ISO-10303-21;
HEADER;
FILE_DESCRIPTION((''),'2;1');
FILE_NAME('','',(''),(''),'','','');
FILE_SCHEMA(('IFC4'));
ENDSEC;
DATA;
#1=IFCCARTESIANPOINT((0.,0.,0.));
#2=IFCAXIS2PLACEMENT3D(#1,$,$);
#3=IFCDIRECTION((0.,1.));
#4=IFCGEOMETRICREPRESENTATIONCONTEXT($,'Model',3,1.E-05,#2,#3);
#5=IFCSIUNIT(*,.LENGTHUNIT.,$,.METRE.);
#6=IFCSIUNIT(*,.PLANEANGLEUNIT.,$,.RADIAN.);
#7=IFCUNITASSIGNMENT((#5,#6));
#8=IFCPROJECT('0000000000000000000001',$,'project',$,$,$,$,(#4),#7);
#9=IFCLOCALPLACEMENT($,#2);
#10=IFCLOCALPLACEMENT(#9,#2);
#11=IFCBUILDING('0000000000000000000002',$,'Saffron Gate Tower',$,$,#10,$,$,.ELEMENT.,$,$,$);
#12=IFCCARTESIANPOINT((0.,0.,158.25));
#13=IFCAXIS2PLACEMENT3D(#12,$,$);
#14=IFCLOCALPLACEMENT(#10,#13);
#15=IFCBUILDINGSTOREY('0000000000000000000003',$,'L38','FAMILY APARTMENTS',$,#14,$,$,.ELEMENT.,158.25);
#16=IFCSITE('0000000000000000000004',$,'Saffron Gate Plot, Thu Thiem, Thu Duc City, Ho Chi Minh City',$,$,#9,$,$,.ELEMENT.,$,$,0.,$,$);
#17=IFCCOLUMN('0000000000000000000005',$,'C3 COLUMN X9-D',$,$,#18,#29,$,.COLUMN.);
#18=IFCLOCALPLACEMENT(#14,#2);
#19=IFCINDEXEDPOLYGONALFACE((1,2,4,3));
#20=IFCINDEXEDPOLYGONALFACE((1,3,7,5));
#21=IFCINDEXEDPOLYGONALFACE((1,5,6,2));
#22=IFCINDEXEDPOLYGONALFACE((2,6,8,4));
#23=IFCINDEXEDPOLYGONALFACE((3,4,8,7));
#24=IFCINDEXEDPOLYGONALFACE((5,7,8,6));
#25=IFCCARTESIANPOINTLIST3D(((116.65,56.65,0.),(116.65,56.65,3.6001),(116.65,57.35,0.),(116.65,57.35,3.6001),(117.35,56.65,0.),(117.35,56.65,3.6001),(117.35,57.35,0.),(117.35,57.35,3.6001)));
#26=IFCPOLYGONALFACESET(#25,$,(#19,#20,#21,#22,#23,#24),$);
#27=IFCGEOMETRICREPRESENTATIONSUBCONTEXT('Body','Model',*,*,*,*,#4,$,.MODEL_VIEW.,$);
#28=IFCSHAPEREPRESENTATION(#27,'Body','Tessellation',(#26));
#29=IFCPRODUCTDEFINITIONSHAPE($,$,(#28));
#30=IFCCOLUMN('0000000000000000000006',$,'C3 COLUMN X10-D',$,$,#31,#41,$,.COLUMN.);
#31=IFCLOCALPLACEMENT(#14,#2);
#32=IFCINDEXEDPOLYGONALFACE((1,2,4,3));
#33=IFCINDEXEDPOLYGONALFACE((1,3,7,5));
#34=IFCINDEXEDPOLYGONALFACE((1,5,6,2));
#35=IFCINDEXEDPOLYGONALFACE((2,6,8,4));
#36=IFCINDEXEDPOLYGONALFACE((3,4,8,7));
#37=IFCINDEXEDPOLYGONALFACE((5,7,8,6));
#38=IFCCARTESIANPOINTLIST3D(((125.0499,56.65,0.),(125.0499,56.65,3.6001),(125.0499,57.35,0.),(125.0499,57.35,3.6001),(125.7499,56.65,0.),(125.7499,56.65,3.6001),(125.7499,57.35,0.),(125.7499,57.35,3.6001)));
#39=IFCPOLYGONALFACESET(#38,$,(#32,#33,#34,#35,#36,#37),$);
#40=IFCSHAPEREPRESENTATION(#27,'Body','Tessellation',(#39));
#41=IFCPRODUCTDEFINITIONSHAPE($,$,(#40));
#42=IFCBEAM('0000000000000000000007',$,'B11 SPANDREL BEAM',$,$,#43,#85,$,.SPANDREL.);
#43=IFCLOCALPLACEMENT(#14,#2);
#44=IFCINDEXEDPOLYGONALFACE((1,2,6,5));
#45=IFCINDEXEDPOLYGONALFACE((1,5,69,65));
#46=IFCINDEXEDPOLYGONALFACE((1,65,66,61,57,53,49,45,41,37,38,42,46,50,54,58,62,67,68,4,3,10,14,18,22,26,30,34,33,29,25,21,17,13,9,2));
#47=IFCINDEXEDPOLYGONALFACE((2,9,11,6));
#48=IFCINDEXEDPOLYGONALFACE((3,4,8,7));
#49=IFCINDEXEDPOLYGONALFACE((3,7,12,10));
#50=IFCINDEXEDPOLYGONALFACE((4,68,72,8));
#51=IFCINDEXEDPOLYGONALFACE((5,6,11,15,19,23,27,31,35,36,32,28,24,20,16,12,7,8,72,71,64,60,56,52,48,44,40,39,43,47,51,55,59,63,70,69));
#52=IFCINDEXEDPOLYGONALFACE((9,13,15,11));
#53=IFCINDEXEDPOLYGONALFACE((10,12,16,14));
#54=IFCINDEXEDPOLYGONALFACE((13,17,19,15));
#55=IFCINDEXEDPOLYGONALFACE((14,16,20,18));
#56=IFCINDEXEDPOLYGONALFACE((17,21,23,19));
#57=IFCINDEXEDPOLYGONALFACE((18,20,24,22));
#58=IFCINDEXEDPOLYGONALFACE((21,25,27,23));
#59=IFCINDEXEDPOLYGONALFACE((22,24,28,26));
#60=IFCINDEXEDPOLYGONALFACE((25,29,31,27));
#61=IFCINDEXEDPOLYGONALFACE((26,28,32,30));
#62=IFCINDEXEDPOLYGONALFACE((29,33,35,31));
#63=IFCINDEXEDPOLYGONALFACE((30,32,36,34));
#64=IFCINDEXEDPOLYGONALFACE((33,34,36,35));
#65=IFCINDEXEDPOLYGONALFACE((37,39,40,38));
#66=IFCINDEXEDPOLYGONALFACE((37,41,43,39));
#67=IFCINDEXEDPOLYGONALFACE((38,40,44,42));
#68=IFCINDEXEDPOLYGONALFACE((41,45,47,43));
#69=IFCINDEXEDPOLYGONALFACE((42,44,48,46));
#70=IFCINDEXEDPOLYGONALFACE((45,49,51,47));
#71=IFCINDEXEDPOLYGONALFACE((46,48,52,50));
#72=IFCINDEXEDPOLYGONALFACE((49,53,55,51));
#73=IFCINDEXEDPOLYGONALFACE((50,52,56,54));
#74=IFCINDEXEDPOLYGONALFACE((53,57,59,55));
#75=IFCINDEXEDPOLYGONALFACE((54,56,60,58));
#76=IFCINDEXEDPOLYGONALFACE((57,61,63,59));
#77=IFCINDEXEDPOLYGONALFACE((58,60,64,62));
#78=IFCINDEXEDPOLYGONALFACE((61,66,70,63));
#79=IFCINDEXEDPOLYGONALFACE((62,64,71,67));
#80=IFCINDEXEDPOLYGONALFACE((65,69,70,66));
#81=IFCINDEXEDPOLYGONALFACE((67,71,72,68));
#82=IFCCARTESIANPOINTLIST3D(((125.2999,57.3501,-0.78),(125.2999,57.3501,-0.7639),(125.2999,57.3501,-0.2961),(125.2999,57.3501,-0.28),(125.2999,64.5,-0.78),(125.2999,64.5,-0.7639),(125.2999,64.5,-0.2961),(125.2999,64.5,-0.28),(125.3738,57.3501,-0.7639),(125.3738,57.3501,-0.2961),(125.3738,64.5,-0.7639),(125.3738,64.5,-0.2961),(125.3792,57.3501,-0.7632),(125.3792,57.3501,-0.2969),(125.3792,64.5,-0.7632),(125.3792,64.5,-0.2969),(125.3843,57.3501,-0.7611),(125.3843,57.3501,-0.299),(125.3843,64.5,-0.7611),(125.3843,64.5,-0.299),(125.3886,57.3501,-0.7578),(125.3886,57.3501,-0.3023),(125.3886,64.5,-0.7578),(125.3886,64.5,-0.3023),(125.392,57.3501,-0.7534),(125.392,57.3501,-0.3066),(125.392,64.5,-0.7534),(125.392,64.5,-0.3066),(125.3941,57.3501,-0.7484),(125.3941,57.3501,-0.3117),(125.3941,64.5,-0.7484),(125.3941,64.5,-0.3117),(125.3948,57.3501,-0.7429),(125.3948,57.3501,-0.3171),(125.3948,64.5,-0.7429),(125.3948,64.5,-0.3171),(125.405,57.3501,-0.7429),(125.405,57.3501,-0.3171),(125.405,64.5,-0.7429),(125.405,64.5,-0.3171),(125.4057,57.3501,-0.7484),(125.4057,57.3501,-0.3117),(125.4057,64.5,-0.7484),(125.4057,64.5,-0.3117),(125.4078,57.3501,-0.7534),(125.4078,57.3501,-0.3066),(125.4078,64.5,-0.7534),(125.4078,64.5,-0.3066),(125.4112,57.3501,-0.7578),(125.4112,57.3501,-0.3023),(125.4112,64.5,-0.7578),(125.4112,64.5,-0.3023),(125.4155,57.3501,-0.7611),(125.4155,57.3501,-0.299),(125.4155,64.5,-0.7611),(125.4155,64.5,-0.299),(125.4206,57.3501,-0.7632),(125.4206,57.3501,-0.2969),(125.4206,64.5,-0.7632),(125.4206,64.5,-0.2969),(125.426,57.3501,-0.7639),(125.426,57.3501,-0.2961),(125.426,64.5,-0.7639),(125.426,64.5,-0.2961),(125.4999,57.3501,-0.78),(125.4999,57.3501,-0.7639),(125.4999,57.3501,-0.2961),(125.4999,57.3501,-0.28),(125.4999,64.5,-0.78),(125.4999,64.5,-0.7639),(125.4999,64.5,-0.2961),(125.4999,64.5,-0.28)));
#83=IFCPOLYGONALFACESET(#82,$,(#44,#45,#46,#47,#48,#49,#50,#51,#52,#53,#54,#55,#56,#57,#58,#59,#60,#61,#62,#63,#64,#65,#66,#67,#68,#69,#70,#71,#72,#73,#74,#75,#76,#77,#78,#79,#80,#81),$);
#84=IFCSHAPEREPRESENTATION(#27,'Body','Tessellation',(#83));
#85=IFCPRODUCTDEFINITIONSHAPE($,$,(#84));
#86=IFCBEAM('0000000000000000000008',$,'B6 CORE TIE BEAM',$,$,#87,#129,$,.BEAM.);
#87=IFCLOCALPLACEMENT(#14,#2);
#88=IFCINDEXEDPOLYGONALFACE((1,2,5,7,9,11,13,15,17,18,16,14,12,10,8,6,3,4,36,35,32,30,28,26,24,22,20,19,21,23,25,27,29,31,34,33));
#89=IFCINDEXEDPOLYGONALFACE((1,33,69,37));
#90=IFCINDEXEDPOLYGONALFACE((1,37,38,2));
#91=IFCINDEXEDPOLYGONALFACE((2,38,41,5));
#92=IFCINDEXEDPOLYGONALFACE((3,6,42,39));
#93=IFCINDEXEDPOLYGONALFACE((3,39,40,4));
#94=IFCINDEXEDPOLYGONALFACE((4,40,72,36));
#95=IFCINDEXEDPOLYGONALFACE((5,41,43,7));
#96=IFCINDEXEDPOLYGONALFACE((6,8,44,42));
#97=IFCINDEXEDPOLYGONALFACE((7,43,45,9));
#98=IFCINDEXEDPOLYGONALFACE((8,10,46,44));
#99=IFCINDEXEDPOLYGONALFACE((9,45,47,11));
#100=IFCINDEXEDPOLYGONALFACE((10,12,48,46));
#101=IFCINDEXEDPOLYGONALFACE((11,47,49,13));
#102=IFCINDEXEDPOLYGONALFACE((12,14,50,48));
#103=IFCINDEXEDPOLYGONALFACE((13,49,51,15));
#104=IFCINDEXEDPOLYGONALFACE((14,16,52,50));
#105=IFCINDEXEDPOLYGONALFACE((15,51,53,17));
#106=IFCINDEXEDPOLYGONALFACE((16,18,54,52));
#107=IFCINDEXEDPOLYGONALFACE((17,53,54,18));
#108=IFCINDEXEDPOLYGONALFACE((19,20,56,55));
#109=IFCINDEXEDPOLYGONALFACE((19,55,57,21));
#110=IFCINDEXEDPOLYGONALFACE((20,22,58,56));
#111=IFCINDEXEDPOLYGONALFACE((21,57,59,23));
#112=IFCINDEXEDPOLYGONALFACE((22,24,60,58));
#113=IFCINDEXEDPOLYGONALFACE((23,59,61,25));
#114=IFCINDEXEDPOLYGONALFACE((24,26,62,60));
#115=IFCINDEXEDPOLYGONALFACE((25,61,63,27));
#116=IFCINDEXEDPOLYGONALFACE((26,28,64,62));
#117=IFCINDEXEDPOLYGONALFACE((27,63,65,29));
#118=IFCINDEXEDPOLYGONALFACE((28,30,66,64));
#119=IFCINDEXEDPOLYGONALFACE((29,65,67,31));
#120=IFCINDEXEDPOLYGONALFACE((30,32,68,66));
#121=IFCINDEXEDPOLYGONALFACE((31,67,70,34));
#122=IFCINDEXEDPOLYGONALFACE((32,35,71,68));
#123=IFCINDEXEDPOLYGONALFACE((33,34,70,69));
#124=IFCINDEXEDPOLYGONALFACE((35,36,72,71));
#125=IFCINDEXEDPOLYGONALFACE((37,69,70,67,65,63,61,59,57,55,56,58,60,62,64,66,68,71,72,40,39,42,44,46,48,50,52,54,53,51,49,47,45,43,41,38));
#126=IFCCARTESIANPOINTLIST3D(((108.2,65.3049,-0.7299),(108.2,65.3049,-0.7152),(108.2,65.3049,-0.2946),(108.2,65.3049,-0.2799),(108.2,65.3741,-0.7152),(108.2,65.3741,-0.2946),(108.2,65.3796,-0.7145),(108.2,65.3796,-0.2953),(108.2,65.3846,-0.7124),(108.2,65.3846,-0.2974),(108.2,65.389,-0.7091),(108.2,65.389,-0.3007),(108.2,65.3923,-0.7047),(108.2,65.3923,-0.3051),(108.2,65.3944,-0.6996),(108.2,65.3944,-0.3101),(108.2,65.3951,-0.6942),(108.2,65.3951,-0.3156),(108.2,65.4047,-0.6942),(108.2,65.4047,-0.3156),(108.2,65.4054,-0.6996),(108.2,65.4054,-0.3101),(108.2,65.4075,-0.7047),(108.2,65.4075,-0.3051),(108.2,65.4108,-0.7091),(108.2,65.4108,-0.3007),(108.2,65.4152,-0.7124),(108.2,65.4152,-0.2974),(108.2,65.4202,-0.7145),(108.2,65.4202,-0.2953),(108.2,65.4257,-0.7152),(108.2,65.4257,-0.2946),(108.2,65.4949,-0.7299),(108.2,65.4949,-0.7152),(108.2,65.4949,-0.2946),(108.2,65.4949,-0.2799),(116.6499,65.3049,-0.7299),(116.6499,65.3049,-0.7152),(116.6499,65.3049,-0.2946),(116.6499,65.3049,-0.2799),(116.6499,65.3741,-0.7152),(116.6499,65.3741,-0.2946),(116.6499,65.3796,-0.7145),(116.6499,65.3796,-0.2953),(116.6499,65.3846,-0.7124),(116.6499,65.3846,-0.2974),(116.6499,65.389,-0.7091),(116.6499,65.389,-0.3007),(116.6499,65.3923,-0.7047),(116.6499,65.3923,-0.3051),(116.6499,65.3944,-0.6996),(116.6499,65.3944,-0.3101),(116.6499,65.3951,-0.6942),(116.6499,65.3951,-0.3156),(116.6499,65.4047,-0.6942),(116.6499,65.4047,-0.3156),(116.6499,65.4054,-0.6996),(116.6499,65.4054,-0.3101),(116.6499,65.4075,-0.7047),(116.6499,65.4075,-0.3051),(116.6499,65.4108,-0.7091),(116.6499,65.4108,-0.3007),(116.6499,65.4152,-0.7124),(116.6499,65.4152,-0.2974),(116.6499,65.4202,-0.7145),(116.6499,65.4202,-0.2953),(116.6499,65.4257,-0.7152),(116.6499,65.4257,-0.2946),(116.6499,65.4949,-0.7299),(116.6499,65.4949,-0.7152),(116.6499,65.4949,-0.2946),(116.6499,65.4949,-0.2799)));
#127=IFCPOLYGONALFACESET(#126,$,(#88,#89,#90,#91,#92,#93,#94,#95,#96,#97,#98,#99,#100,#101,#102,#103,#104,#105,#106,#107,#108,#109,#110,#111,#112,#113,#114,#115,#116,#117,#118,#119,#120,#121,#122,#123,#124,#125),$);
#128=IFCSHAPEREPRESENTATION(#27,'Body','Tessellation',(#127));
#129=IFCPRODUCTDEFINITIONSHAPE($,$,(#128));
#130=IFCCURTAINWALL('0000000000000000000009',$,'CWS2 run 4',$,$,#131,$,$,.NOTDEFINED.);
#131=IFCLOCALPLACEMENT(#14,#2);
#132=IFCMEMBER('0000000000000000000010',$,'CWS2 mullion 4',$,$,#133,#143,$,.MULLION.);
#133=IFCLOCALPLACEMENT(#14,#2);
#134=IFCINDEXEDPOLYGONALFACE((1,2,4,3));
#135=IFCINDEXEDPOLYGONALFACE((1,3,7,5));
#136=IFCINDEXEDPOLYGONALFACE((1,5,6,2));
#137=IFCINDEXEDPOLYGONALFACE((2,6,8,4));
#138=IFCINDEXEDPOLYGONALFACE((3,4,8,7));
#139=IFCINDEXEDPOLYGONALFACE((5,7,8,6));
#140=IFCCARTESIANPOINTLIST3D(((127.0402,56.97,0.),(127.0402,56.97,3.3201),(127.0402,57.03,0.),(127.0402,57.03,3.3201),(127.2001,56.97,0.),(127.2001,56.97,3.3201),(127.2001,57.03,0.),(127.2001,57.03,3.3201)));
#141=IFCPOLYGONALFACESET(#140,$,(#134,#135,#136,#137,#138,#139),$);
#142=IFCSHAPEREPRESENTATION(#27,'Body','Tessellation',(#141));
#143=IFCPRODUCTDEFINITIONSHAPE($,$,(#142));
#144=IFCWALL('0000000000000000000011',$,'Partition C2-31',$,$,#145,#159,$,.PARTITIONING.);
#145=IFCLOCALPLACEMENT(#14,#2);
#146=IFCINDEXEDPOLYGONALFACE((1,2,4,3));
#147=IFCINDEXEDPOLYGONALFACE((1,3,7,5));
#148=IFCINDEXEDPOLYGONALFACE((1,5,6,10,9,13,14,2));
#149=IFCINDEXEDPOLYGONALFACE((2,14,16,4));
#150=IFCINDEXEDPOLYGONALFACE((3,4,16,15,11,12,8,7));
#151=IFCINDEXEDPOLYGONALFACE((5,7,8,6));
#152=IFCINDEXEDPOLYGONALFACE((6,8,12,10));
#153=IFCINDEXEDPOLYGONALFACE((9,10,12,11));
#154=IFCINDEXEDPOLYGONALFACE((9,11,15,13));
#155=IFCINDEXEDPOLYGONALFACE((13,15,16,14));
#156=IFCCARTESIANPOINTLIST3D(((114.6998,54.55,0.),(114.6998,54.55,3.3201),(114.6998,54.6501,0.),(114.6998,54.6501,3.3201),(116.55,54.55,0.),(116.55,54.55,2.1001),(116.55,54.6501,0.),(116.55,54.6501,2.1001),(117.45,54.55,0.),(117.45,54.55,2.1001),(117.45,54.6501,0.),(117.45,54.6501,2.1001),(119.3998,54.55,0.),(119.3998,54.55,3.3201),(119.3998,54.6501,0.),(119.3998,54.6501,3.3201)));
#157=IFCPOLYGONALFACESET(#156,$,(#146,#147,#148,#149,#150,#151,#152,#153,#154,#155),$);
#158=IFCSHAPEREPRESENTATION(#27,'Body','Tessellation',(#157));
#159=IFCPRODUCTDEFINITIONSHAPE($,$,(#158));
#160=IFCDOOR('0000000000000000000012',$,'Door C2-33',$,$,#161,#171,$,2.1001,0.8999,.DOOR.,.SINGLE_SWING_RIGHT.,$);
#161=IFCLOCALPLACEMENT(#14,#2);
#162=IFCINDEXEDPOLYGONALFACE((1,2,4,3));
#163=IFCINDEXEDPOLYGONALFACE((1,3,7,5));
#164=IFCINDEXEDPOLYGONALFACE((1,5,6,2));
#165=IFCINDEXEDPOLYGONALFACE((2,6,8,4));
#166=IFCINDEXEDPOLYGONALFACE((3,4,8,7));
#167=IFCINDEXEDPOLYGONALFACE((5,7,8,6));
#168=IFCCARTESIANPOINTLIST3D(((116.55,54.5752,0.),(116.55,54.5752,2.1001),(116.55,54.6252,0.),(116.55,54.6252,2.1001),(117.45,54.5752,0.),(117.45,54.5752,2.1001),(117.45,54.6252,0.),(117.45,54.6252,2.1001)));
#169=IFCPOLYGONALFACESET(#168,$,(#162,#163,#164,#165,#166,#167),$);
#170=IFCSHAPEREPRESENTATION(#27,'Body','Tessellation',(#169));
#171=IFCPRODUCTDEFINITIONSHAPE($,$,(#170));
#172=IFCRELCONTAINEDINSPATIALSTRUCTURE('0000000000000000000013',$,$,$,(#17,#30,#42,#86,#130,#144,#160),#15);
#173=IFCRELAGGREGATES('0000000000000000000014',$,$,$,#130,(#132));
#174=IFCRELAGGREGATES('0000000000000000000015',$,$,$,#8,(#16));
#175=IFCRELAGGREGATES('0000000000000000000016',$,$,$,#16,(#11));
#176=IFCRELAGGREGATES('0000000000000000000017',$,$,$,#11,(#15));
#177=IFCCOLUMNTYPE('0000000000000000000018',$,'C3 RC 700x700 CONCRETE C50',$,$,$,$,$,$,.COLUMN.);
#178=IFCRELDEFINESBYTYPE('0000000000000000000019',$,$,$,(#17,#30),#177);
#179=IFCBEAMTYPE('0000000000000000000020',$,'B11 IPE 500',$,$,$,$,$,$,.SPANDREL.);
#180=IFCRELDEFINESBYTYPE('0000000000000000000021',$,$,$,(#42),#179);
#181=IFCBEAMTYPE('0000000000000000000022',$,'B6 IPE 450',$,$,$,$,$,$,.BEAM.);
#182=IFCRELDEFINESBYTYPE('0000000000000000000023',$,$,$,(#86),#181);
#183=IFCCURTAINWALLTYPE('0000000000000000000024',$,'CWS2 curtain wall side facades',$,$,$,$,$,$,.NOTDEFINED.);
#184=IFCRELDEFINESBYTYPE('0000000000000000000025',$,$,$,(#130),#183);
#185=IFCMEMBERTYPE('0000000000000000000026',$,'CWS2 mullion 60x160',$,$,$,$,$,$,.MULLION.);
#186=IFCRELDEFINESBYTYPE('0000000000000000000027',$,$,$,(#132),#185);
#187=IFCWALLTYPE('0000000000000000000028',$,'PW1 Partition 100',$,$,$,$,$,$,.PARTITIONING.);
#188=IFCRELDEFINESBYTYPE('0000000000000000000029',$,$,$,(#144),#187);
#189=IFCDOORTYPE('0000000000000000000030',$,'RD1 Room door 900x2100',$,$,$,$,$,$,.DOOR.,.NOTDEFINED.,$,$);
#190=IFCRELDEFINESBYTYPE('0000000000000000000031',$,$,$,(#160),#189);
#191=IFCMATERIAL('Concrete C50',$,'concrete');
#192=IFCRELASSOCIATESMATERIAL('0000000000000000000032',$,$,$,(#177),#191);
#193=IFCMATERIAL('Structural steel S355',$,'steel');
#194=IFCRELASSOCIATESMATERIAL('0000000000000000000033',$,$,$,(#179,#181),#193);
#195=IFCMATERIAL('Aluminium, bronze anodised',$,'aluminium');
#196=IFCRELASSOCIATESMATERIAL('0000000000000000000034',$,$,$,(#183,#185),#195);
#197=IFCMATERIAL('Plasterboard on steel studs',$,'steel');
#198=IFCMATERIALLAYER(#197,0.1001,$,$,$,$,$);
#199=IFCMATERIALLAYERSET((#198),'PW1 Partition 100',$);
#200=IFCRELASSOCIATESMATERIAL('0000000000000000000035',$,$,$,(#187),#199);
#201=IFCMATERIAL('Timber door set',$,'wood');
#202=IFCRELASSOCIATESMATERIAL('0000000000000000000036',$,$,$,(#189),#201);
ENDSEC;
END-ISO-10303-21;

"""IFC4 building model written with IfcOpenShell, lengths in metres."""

from ifc_helpers import new_model, si_unit, direction, frame, frame_2d, origin, origin_2d, place, context, subcontext, project, spatial, rectangle, i_section, extrude, material, layer, layer_set, material_profile, profile_set, type_object, element, fill, aggregate, save


model = new_model("IFC4")

# Units and contexts
model_context = context("Model", 3, precision=1e-05, world=origin(), true_north=direction((0.0, 1.0)))
body_context = subcontext(model_context, "Body", "Model", "MODEL_VIEW")
ifc_project = project(units=[si_unit("LENGTHUNIT", "METRE"), si_unit("PLANEANGLEUNIT", "RADIAN")], contexts=[model_context])

# Site, building, storey
site_placement = place(None, origin())
site = spatial("IfcSite", under=ifc_project, at=site_placement, Name="Saffron Gate Plot, Thu Thiem, Thu Duc City, Ho Chi Minh City", CompositionType="ELEMENT", RefElevation=0.0)
building_placement = place(site_placement, origin())
building = spatial("IfcBuilding", under=site, at=building_placement, Name="Saffron Gate Tower", CompositionType="ELEMENT")
storey_placement = place(building_placement, frame((0.0, 0.0, 158.25)))
storey = spatial("IfcBuildingStorey", under=building, at=storey_placement, Name="L38", Description="FAMILY APARTMENTS", CompositionType="ELEMENT", Elevation=158.25)

# Columns
ifc_material_1 = material(Name="Concrete C50", Category="concrete")
ifc_material_profile_1 = material_profile(ifc_material_1, rectangle(XDim=0.7, YDim=0.7, at=origin_2d()))
ifc_profile_set_1 = profile_set([ifc_material_profile_1], Name="Concrete C50")
column_type = type_object("IfcColumnType", Name="C3 RC 700x700 CONCRETE C50", PredefinedType="COLUMN", material=ifc_profile_set_1)
for number, where, z_axis, x_axis, name in (
    (1, (117.0, 57.0, 0.0), (0.0, 0.0, 1.0), (1.0, 0.0, 0.0), "C3 COLUMN X9-D"),
    (2, (125.3999, 57.0, 0.0), (0.0, 0.0, 1.0), (1.0, 0.0, 0.0), "C3 COLUMN X10-D"),
):
    element("IfcColumn", number, at=place(storey_placement, frame(where, z_axis=z_axis, x_axis=x_axis)), inside=storey, type_object=column_type, Name=name, PredefinedType="COLUMN", context=body_context, shape_type="SweptSolid", body=[
        extrude(rectangle(XDim=0.7, YDim=0.7, at=origin_2d()), origin(), (0.0, 0.0, 1.0), 3.6001),
    ])

# Beams
ifc_material_2 = material(Name="Structural steel S355", Category="steel")
ifc_material_profile_2 = material_profile(ifc_material_2, i_section(OverallWidth=0.2, OverallDepth=0.5, WebThickness=0.0103, FlangeThickness=0.0161, FilletRadius=0.021, at=origin_2d()))
ifc_profile_set_2 = profile_set([ifc_material_profile_2], Name="Structural steel S355")
beam_type_1 = type_object("IfcBeamType", Name="B11 IPE 500", PredefinedType="SPANDREL", material=ifc_profile_set_2)
beam_1_placement = place(storey_placement, frame((125.3999, 57.3501, -0.53), z_axis=(0.0, 1.0, 0.0), x_axis=(-1.0, 0.0, 0.0)))
element("IfcBeam", 3, at=beam_1_placement, inside=storey, type_object=beam_type_1, Name="B11 SPANDREL BEAM", PredefinedType="SPANDREL", context=body_context, shape_type="SweptSolid", body=[
    extrude(i_section(OverallWidth=0.2, OverallDepth=0.5, WebThickness=0.0103, FlangeThickness=0.0161, FilletRadius=0.021, at=origin_2d()), origin(), (0.0, 0.0, 1.0), 7.1499),
])
ifc_material_profile_3 = material_profile(ifc_material_2, i_section(OverallWidth=0.1899, OverallDepth=0.45, WebThickness=0.0095, FlangeThickness=0.0146, FilletRadius=0.021, at=origin_2d()))
ifc_profile_set_3 = profile_set([ifc_material_profile_3], Name="Structural steel S355")
beam_type_2 = type_object("IfcBeamType", Name="B6 IPE 450", PredefinedType="BEAM", material=ifc_profile_set_3)
beam_2_placement = place(storey_placement, frame((116.6499, 65.3999, -0.5049), z_axis=(-1.0, 0.0, 0.0), x_axis=(0.0, -1.0, 0.0)))
element("IfcBeam", 4, at=beam_2_placement, inside=storey, type_object=beam_type_2, Name="B6 CORE TIE BEAM", PredefinedType="BEAM", context=body_context, shape_type="SweptSolid", body=[
    extrude(i_section(OverallWidth=0.1899, OverallDepth=0.45, WebThickness=0.0095, FlangeThickness=0.0146, FilletRadius=0.021, at=origin_2d()), origin(), (0.0, 0.0, 1.0), 8.45),
])

# Curtain wall, member
ifc_material_3 = material(Name="Aluminium, bronze anodised", Category="aluminium")
curtain_wall_type = type_object("IfcCurtainWallType", Name="CWS2 curtain wall side facades", PredefinedType="NOTDEFINED", material=ifc_material_3)
curtain_wall_placement = place(storey_placement, origin())
curtain_wall = element("IfcCurtainWall", 5, at=curtain_wall_placement, inside=storey, type_object=curtain_wall_type, Name="CWS2 run 4", PredefinedType="NOTDEFINED")
ifc_material_profile_4 = material_profile(ifc_material_3, rectangle(XDim=0.1599, YDim=0.0601, at=origin_2d()))
ifc_profile_set_4 = profile_set([ifc_material_profile_4], Name="Aluminium, bronze anodised")
member_type = type_object("IfcMemberType", Name="CWS2 mullion 60x160", PredefinedType="MULLION", material=ifc_profile_set_4)
member_placement = place(storey_placement, frame((127.1201, 57.0, 0.0), z_axis=(0.0, 0.0, 1.0), x_axis=(-1.0, 0.0, 0.0)))
member = element("IfcMember", 6, at=member_placement, type_object=member_type, Name="CWS2 mullion 4", PredefinedType="MULLION", context=body_context, shape_type="SweptSolid", body=[
    extrude(rectangle(XDim=0.1599, YDim=0.0601, at=origin_2d()), origin(), (0.0, 0.0, 1.0), 3.3201),
])
aggregate(curtain_wall, [member])

# Wall, opening, door
ifc_material_4 = material(Name="Plasterboard on steel studs", Category="steel")
ifc_layer_1 = layer(ifc_material_4, 0.1001)
ifc_layer_set_1 = layer_set([ifc_layer_1], Name="PW1 Partition 100")
wall_type_1 = type_object("IfcWallType", Name="PW1 Partition 100", PredefinedType="PARTITIONING", material=ifc_layer_set_1)
wall_1_placement = place(storey_placement, frame((119.3999, 54.6001, 0.0), z_axis=(0.0, 0.0, 1.0), x_axis=(-1.0, 0.0, 0.0)))
wall_1 = element("IfcWall", 7, at=wall_1_placement, inside=storey, type_object=wall_type_1, Name="Partition C2-31", PredefinedType="PARTITIONING", context=body_context, shape_type="SweptSolid", body=[
    extrude(rectangle(XDim=4.7, YDim=0.1001, at=frame_2d((2.3501, 0.0))), origin(), (0.0, 0.0, 1.0), 3.3201),
])
opening_1_placement = place(wall_1_placement, frame((1.95, 0.0, 0.0)))
opening_1 = element("IfcOpeningElement", 8, at=opening_1_placement, cuts=wall_1, PredefinedType="OPENING", context=body_context, shape_type="SweptSolid", body=[
    extrude(rectangle(XDim=0.8999, YDim=2.1001, at=frame_2d((0.45, 1.05))), frame((0.0, 0.0601, 0.0), z_axis=(0.0, -1.0, 0.0), x_axis=(1.0, 0.0, 0.0)), (0.0, 0.0, 1.0), 0.1201),
])
ifc_material_5 = material(Name="Timber door set", Category="wood")
door_type_1 = type_object("IfcDoorType", Name="RD1 Room door 900x2100", OperationType="NOTDEFINED", PredefinedType="DOOR", material=ifc_material_5)
door_1_placement = place(opening_1_placement, origin())
door_1 = element("IfcDoor", 9, at=door_1_placement, inside=storey, type_object=door_type_1, Name="Door C2-33", OperationType="SINGLE_SWING_RIGHT", OverallHeight=2.1001, OverallWidth=0.8999, PredefinedType="DOOR", context=body_context, shape_type="SweptSolid", body=[
    extrude(rectangle(XDim=0.8999, YDim=2.1001, at=frame_2d((0.45, 1.05))), frame((0.0, 0.0249, 0.0), z_axis=(0.0, -1.0, 0.0), x_axis=(1.0, 0.0, 0.0)), (0.0, 0.0, 1.0), 0.05),
])
fill(opening_1, door_1)

save(model, "model.ifc")
